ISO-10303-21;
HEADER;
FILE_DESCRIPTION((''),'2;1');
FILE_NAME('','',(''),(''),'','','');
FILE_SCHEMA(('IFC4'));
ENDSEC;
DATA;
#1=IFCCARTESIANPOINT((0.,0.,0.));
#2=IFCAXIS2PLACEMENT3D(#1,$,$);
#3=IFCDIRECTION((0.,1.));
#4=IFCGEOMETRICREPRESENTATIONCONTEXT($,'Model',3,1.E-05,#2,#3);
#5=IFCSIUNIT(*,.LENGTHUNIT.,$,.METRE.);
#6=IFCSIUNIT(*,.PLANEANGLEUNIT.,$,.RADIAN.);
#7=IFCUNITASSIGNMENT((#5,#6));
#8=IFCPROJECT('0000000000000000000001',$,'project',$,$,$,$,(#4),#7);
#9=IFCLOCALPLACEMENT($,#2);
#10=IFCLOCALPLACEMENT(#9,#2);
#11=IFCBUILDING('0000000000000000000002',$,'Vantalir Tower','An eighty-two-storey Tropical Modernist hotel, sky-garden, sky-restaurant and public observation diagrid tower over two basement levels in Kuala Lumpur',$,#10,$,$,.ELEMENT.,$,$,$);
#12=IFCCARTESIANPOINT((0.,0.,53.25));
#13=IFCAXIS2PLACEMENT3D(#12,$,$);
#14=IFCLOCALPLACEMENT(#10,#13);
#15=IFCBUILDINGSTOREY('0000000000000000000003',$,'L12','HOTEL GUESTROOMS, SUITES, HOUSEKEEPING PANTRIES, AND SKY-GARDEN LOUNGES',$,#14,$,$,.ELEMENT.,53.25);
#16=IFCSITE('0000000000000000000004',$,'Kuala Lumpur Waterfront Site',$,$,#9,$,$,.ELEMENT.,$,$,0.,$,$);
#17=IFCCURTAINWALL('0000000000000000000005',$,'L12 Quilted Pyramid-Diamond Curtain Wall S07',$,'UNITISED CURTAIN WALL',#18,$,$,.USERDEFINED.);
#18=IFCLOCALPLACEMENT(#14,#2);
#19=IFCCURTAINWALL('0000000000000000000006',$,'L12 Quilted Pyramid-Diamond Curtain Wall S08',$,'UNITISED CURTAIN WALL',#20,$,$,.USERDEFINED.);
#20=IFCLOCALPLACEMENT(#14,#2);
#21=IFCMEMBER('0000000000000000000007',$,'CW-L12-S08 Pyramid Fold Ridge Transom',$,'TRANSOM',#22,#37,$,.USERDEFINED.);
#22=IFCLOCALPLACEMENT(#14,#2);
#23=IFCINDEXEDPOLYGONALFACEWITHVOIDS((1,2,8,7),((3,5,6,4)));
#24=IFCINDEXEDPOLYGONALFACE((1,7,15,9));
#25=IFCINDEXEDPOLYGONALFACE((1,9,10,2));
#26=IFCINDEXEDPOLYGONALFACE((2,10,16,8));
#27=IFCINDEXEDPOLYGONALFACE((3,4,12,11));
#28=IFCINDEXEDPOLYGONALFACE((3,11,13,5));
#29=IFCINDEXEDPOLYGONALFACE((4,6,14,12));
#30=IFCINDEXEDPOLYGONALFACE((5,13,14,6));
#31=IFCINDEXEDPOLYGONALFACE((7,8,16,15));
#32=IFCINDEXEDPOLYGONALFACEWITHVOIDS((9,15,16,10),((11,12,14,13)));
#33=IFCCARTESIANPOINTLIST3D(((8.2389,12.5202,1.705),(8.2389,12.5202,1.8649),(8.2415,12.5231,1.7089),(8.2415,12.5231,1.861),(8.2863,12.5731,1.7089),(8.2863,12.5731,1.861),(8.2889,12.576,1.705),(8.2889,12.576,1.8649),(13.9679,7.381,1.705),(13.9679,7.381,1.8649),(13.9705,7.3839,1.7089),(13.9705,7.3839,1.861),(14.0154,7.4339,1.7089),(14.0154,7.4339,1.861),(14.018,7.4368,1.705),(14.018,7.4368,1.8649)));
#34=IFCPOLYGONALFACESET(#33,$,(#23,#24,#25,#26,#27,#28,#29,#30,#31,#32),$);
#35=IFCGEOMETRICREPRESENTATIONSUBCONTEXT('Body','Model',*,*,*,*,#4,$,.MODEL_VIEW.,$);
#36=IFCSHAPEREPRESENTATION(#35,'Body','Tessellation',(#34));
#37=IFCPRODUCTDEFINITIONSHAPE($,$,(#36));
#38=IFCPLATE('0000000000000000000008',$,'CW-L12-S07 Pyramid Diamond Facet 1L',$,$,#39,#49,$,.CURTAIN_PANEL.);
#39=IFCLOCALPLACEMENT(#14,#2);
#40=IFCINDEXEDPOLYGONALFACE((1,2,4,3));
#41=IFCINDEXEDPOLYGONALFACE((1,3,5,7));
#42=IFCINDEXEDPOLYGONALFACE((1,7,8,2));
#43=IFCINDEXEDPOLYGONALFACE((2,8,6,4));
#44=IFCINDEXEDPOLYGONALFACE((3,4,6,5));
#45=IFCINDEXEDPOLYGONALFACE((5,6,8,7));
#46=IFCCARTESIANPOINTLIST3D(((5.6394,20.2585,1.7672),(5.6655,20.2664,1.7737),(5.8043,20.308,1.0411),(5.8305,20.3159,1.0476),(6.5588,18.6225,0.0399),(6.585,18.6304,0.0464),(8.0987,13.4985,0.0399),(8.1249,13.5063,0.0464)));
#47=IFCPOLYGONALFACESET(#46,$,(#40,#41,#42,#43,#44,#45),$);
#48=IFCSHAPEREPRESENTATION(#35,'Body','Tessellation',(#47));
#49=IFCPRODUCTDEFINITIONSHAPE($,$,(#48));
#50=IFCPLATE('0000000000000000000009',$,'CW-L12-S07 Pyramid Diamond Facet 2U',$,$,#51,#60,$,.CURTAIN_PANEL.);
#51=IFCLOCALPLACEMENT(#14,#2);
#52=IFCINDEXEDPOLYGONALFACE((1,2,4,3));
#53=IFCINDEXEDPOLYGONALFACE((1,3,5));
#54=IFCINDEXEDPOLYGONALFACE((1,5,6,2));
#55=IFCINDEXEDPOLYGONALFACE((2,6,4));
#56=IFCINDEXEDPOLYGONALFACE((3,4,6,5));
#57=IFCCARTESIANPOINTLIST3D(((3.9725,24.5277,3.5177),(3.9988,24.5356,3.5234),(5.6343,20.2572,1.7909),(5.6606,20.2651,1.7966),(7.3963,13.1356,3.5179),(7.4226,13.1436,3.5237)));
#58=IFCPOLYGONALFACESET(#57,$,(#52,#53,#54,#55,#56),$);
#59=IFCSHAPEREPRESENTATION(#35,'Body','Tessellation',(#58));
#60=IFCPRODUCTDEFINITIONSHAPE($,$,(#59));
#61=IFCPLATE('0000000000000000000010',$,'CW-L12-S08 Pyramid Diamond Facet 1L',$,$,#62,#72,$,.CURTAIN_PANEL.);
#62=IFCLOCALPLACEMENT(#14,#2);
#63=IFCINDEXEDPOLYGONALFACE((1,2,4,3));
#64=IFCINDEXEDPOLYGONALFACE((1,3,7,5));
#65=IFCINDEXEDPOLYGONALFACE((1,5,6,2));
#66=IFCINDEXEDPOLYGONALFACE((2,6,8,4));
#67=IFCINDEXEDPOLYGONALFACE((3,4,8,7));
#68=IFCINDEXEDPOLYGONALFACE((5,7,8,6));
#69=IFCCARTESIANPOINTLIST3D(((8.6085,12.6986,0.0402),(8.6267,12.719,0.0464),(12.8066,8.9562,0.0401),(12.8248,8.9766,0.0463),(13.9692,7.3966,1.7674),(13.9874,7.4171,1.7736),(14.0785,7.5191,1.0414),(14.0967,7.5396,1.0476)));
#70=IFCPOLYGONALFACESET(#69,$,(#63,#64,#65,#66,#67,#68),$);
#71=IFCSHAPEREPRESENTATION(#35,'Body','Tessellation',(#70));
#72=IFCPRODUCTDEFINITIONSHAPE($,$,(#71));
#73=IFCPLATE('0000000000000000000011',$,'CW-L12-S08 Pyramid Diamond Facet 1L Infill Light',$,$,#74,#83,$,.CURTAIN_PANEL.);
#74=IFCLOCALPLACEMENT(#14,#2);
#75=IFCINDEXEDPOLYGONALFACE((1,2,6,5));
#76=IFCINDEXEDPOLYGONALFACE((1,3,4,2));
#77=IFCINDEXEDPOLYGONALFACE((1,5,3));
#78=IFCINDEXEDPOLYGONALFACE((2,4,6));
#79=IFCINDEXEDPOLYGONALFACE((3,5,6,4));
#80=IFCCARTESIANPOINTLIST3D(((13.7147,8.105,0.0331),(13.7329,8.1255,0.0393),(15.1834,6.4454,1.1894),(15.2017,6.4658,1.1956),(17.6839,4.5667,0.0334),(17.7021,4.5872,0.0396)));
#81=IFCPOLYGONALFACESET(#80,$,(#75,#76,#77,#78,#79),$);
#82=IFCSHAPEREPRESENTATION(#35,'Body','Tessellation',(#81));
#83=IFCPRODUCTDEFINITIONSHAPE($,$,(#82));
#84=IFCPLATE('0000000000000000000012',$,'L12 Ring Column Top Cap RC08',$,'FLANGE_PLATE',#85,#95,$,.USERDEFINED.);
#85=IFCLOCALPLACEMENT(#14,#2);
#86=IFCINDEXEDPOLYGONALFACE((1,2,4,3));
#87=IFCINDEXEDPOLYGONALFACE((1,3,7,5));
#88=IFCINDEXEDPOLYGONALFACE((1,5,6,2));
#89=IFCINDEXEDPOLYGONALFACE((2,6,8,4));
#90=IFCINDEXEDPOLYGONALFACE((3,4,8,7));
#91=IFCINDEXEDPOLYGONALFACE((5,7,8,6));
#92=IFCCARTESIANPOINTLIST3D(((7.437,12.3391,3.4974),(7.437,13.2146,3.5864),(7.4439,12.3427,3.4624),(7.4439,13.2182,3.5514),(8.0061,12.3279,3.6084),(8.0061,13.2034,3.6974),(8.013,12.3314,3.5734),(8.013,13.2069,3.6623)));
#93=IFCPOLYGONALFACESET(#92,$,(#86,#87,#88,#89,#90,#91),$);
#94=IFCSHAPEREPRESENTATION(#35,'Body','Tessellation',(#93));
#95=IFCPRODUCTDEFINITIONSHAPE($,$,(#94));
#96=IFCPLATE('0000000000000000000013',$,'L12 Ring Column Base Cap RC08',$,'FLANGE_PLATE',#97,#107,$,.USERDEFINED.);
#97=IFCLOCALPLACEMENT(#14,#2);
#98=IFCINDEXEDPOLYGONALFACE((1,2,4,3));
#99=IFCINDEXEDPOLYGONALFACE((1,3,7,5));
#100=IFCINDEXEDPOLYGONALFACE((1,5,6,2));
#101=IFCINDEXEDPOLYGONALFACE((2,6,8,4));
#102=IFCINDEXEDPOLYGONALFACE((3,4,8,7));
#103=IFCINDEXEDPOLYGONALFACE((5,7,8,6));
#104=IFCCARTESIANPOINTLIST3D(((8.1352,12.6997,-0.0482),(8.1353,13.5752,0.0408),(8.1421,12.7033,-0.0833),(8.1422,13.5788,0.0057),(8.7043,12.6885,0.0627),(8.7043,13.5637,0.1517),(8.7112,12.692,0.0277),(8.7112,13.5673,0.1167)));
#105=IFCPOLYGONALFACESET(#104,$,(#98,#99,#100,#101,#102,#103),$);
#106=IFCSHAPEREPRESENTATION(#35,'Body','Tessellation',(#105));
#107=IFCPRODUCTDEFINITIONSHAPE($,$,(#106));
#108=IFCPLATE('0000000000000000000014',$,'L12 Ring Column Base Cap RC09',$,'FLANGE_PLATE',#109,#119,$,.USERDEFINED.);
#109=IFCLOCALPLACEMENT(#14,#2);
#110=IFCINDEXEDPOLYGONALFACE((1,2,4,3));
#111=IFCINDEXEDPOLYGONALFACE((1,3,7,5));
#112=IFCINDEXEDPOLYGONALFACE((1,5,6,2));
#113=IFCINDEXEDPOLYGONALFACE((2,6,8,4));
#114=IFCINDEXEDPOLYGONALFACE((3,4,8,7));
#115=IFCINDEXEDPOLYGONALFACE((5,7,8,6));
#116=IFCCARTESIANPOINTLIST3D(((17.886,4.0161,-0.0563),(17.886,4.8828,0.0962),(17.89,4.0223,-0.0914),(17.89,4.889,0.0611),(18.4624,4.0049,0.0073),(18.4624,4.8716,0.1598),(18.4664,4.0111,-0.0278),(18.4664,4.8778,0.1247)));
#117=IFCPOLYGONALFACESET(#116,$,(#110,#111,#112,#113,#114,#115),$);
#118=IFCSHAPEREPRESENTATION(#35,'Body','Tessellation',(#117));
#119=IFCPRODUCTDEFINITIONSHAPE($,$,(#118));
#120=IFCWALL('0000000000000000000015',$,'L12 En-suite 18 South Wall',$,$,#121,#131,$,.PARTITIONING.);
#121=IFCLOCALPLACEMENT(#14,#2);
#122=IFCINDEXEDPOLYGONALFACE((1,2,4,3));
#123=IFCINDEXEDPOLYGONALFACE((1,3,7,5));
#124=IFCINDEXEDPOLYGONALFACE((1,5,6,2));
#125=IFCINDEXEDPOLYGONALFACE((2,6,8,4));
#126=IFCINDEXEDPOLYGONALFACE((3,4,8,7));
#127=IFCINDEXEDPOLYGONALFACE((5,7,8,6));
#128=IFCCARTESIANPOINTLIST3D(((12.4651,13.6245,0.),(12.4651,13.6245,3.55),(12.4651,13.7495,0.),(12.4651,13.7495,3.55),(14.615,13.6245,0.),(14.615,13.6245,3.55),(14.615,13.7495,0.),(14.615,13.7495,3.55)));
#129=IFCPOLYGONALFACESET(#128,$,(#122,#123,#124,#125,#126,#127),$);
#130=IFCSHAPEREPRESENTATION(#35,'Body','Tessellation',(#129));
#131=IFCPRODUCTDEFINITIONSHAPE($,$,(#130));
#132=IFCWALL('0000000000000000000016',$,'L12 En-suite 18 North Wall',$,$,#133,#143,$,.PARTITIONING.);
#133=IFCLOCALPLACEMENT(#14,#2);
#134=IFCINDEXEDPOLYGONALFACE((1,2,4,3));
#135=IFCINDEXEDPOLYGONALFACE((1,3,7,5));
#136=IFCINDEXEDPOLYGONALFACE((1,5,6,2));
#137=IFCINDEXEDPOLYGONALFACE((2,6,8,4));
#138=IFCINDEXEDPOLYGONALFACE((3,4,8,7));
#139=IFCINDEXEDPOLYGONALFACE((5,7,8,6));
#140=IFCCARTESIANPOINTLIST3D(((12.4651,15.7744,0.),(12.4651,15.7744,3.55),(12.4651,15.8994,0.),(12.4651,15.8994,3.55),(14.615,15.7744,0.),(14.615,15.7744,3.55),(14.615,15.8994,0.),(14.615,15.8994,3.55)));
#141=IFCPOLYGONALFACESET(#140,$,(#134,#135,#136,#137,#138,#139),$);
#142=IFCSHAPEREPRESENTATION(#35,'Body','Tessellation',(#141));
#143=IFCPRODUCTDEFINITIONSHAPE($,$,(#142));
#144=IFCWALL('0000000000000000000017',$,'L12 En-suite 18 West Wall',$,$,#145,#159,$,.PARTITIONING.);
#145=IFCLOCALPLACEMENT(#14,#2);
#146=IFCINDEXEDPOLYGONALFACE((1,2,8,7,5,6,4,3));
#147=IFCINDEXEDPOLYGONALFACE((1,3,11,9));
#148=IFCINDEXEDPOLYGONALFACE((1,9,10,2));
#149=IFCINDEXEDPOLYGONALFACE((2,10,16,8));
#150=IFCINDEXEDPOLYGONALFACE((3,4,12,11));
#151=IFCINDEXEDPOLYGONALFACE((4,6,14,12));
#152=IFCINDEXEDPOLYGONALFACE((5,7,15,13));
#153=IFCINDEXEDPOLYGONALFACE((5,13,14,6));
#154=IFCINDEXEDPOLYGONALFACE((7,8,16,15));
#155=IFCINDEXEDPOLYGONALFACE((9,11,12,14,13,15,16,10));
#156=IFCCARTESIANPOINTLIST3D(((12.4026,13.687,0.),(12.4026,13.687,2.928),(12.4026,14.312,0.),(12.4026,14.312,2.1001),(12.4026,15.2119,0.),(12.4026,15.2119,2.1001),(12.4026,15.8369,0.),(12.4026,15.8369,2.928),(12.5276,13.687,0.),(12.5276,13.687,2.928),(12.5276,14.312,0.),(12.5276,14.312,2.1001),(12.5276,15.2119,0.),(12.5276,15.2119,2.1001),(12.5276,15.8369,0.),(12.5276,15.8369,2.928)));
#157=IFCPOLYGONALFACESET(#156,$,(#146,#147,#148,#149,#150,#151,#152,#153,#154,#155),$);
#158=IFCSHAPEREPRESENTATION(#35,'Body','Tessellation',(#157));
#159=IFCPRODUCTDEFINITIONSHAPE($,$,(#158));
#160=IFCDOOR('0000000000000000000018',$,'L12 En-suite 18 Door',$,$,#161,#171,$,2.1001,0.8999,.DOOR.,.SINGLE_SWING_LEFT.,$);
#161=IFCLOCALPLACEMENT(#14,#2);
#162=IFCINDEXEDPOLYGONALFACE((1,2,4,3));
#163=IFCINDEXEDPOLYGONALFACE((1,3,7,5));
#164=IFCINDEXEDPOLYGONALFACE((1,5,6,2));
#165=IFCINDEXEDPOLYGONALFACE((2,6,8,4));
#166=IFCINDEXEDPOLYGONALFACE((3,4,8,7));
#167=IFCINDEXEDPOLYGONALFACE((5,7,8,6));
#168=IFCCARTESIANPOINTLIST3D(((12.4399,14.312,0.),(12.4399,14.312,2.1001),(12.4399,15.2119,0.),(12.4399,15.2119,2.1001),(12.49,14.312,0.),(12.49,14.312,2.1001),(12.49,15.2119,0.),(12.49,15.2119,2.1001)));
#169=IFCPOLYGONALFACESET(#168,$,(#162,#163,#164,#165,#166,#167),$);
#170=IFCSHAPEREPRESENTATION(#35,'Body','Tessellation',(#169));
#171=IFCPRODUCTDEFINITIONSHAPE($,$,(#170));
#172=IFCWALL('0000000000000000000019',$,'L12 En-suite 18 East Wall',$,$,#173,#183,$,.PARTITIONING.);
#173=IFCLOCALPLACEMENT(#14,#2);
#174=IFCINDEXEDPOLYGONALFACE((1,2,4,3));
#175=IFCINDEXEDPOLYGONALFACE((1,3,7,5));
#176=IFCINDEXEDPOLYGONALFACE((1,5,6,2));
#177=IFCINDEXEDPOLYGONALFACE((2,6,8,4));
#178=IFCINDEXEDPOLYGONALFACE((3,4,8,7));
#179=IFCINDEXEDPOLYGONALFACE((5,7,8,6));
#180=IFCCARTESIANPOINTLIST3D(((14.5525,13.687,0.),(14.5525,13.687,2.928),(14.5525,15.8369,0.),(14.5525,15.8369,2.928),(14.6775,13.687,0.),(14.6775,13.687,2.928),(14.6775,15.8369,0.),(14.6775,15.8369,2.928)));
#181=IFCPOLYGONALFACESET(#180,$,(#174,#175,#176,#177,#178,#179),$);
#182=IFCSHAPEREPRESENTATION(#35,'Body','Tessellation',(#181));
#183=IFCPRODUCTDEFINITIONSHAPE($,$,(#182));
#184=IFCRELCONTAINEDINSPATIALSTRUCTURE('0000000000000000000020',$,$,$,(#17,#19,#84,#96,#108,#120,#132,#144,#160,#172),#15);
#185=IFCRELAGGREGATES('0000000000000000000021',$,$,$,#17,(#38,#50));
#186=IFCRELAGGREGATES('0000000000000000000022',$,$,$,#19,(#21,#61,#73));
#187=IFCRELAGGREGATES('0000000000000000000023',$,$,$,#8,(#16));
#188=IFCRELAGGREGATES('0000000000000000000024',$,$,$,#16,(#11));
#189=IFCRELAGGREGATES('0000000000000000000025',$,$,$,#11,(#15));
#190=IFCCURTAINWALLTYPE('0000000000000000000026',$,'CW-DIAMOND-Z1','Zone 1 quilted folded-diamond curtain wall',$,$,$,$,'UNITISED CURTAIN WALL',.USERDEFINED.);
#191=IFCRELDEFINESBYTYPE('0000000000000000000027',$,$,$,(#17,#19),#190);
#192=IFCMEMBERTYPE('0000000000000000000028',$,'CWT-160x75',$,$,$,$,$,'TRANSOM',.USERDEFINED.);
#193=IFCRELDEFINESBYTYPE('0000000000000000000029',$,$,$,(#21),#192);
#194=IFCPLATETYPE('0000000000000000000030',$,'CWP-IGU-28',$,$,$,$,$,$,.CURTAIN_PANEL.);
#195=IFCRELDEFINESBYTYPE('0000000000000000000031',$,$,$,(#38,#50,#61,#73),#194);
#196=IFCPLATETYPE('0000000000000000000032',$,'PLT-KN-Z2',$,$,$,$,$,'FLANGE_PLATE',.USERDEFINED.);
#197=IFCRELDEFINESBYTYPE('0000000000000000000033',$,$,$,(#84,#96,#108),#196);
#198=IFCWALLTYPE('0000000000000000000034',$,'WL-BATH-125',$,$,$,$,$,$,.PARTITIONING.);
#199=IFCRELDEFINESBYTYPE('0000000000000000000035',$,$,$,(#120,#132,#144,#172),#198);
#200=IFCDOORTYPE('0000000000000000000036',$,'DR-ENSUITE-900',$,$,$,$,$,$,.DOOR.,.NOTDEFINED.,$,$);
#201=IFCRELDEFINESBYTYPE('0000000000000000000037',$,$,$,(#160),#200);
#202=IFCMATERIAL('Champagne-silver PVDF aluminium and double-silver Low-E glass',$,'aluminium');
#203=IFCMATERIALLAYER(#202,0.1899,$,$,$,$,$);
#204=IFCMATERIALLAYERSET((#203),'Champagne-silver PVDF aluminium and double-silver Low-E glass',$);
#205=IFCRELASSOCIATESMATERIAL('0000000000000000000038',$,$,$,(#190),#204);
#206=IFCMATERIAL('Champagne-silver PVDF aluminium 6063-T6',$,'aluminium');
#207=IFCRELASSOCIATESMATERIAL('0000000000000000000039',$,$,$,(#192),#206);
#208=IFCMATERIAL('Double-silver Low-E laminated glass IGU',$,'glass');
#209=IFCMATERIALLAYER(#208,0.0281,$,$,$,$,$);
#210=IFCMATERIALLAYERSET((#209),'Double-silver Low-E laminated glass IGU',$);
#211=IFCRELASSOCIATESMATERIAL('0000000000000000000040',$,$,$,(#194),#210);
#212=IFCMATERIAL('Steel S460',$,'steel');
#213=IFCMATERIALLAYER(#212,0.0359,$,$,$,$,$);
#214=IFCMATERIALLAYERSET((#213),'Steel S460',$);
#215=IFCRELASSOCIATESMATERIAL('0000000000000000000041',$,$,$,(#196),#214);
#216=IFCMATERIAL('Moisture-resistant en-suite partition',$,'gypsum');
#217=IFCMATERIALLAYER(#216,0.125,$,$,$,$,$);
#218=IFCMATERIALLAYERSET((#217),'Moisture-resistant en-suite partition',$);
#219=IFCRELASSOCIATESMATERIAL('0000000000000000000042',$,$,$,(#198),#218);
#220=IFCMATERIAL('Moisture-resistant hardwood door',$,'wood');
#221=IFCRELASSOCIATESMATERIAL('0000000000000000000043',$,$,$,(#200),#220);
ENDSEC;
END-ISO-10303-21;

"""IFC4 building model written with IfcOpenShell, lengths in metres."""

from ifc_helpers import new_model, si_unit, direction, frame, frame_2d, origin, origin_2d, place, context, subcontext, project, spatial, polyline, rectangle, hollow_rectangle, outline, extrude, material, layer, layer_set, material_profile, profile_set, type_object, element, fill, aggregate, save


model = new_model("IFC4")

# Units and contexts
model_context = context("Model", 3, precision=1e-05, world=origin(), true_north=direction((0.0, 1.0)))
body_context = subcontext(model_context, "Body", "Model", "MODEL_VIEW")
ifc_project = project(units=[si_unit("LENGTHUNIT", "METRE"), si_unit("PLANEANGLEUNIT", "RADIAN")], contexts=[model_context])

# Site, building, storey
site_placement = place(None, origin())
site = spatial("IfcSite", under=ifc_project, at=site_placement, Name="Kuala Lumpur Waterfront Site", CompositionType="ELEMENT", RefElevation=0.0)
building_placement = place(site_placement, origin())
building = spatial("IfcBuilding", under=site, at=building_placement, Name="Vantalir Tower", Description="An eighty-two-storey Tropical Modernist hotel, sky-garden, sky-restaurant and public observation diagrid tower over two basement levels in Kuala Lumpur", CompositionType="ELEMENT")
storey_placement = place(building_placement, frame((0.0, 0.0, 53.25)))
storey = spatial("IfcBuildingStorey", under=building, at=storey_placement, Name="L12", Description="HOTEL GUESTROOMS, SUITES, HOUSEKEEPING PANTRIES, AND SKY-GARDEN LOUNGES", CompositionType="ELEMENT", Elevation=53.25)

# Shared definitions
ifc_material_1 = material(Name="Steel S460", Category="steel")

# Curtain wall
ifc_material_2 = material(Name="Champagne-silver PVDF aluminium and double-silver Low-E glass", Category="aluminium")
ifc_layer_1 = layer(ifc_material_2, 0.1899)
ifc_layer_set_1 = layer_set([ifc_layer_1], Name="Champagne-silver PVDF aluminium and double-silver Low-E glass")
curtain_wall_type = type_object("IfcCurtainWallType", Name="CW-DIAMOND-Z1", Description="Zone 1 quilted folded-diamond curtain wall", ElementType="UNITISED CURTAIN WALL", PredefinedType="USERDEFINED", material=ifc_layer_set_1)
curtain_wall_1_placement = place(storey_placement, origin())
curtain_wall_1 = element("IfcCurtainWall", 1, at=curtain_wall_1_placement, inside=storey, type_object=curtain_wall_type, Name="L12 Quilted Pyramid-Diamond Curtain Wall S07", ObjectType="UNITISED CURTAIN WALL", PredefinedType="USERDEFINED")
ifc_material_3 = material(Name="Champagne-silver PVDF aluminium 6063-T6", Category="aluminium")

# Curtain wall, member
curtain_wall_2_placement = place(storey_placement, origin())
curtain_wall_2 = element("IfcCurtainWall", 2, at=curtain_wall_2_placement, inside=storey, type_object=curtain_wall_type, Name="L12 Quilted Pyramid-Diamond Curtain Wall S08", ObjectType="UNITISED CURTAIN WALL", PredefinedType="USERDEFINED")
ifc_material_profile_1 = material_profile(ifc_material_3, hollow_rectangle(XDim=0.075, YDim=0.1599, WallThickness=0.0039, at=origin_2d()), Name="Champagne-silver PVDF aluminium 6063-T6")
ifc_profile_set_1 = profile_set([ifc_material_profile_1], Name="Champagne-silver PVDF aluminium 6063-T6")
member_type_1 = type_object("IfcMemberType", Name="CWT-160x75", ElementType="TRANSOM", PredefinedType="USERDEFINED", material=ifc_profile_set_1)
member_1_placement = place(storey_placement, frame((8.2639, 12.5481, 1.7849), z_axis=(0.744388, -0.667748, 0.0), x_axis=(0.667748, 0.744388, 0.0)))
member_1 = element("IfcMember", 3, at=member_1_placement, type_object=member_type_1, Name="CW-L12-S08 Pyramid Fold Ridge Transom", ObjectType="TRANSOM", PredefinedType="USERDEFINED", context=body_context, shape_type="SweptSolid", body=[
    extrude(hollow_rectangle(XDim=0.075, YDim=0.1599, WallThickness=0.0039, at=origin_2d()), origin(), (0.0, 0.0, 1.0), 7.6963),
])

# Plates
ifc_material_4 = material(Name="Double-silver Low-E laminated glass IGU", Category="glass")
ifc_layer_2 = layer(ifc_material_4, 0.0281)
ifc_layer_set_2 = layer_set([ifc_layer_2], Name="Double-silver Low-E laminated glass IGU")
plate_type_1 = type_object("IfcPlateType", Name="CWP-IGU-28", PredefinedType="CURTAIN_PANEL", material=ifc_layer_set_2)
plate_1_placement = place(storey_placement, frame((6.585, 18.6304, 0.0464), z_axis=(0.931836, 0.280044, 0.230773), x_axis=(0.287814, -0.957686, -0.000005)))
plate_1 = element("IfcPlate", 4, at=plate_1_placement, type_object=plate_type_1, Name="CW-L12-S07 Pyramid Diamond Facet 1L", PredefinedType="CURTAIN_PANEL", context=body_context, shape_type="SweptSolid", body=[
    extrude(outline(polyline([(0.0, 0.0), (5.3505, 0.0), (-1.8314, -1.7752), (-1.8314, -1.029), (0.0, 0.0)])), origin(), (0.0, 0.0, -1.0), 0.0281),
])
plate_2_placement = place(storey_placement, frame((7.4226, 13.1436, 3.5237), z_axis=(0.937268, 0.281695, 0.205369), x_axis=(-0.287826, 0.957683, -0.000021)))
plate_2 = element("IfcPlate", 5, at=plate_2_placement, type_object=plate_type_1, Name="CW-L12-S07 Pyramid Diamond Facet 2U", PredefinedType="CURTAIN_PANEL", context=body_context, shape_type="SweptSolid", body=[
    extrude(outline(polyline([(0.0, 0.0), (11.8955, 0.0), (7.3274, -1.7645), (0.0, 0.0)])), origin(), (0.0, 0.0, -1.0), 0.0281),
])
aggregate(curtain_wall_1, [plate_1, plate_2])
plate_3_placement = place(storey_placement, frame((8.6267, 12.719, 0.0464), z_axis=(0.649047, 0.728083, 0.220528), x_axis=(0.746462, -0.665428, -0.000009)))
plate_3 = element("IfcPlate", 6, at=plate_3_placement, type_object=plate_type_1, Name="CW-L12-S08 Pyramid Diamond Facet 1L", PredefinedType="CURTAIN_PANEL", context=body_context, shape_type="SweptSolid", body=[
    extrude(outline(polyline([(0.0, 0.0), (5.624, 0.0), (7.5297, -1.0266), (7.5296, -1.7709), (0.0, 0.0)])), origin(), (0.0, 0.0, -1.0), 0.0281),
])
plate_4_placement = place(storey_placement, frame((13.7329, 8.1255, 0.0393), z_axis=(0.649019, 0.728074, 0.220639), x_axis=(0.746464, -0.665426, 0.000046)))
plate_4 = element("IfcPlate", 7, at=plate_4_placement, type_object=plate_type_1, Name="CW-L12-S08 Pyramid Diamond Facet 1L Infill Light", PredefinedType="CURTAIN_PANEL", context=body_context, shape_type="SweptSolid", body=[
    extrude(outline(polyline([(0.0, 0.0), (5.3174, 0.0), (2.2008, -1.1854), (0.0, 0.0)])), origin(), (0.0, 0.0, -1.0), 0.0281),
])
aggregate(curtain_wall_2, [member_1, plate_3, plate_4])

# Plates
ifc_layer_3 = layer(ifc_material_1, 0.0359)
ifc_layer_set_3 = layer_set([ifc_layer_3], Name="Steel S460")
plate_type_2 = type_object("IfcPlateType", Name="PLT-KN-Z2", ElementType="FLANGE_PLATE", PredefinedType="USERDEFINED", material=ifc_layer_set_3)
plate_5_placement = place(storey_placement, frame((7.437, 13.2146, 3.5864), z_axis=(-0.192318, -0.099237, 0.976302), x_axis=(-0.000026, -0.994873, -0.101129)))
element("IfcPlate", 8, at=plate_5_placement, inside=storey, type_object=plate_type_2, Name="L12 Ring Column Top Cap RC08", ObjectType="FLANGE_PLATE", PredefinedType="USERDEFINED", context=body_context, shape_type="SweptSolid", body=[
    extrude(outline(polyline([(0.0, 0.0), (0.88, 0.0), (0.8799, 0.5799), (-0.0001, 0.5799), (0.0, 0.0)])), origin(), (0.0, 0.0, -1.0), 0.0359),
])
plate_6_placement = place(storey_placement, frame((8.1353, 13.5752, 0.0408), z_axis=(-0.192339, -0.09925, 0.976297), x_axis=(-0.000023, -0.994872, -0.101143)))
element("IfcPlate", 9, at=plate_6_placement, inside=storey, type_object=plate_type_2, Name="L12 Ring Column Base Cap RC08", ObjectType="FLANGE_PLATE", PredefinedType="USERDEFINED", context=body_context, shape_type="SweptSolid", body=[
    extrude(outline(polyline([(0.0, 0.0), (0.88, 0.0), (0.8799, 0.5799), (0.0002, 0.5799), (0.0, 0.0)])), origin(), (0.0, 0.0, -1.0), 0.0359),
])
plate_7_placement = place(storey_placement, frame((17.886, 4.8828, 0.0962), z_axis=(-0.111345, -0.172178, 0.978753), x_axis=(0.000015, -0.984877, -0.173253)))
element("IfcPlate", 10, at=plate_7_placement, inside=storey, type_object=plate_type_2, Name="L12 Ring Column Base Cap RC09", ObjectType="FLANGE_PLATE", PredefinedType="USERDEFINED", context=body_context, shape_type="SweptSolid", body=[
    extrude(outline(polyline([(0.0, 0.0), (0.88, 0.0), (0.8801, 0.58), (0.0, 0.58), (0.0, 0.0)])), origin(), (0.0, 0.0, -1.0), 0.0359),
])

# Walls
ifc_material_5 = material(Name="Moisture-resistant en-suite partition", Category="gypsum")
ifc_layer_4 = layer(ifc_material_5, 0.125)
ifc_layer_set_4 = layer_set([ifc_layer_4], Name="Moisture-resistant en-suite partition")
wall_type_1 = type_object("IfcWallType", Name="WL-BATH-125", PredefinedType="PARTITIONING", material=ifc_layer_set_4)
for number, where, z_axis, x_axis, name in (
    (11, (12.4651, 13.687, 0.0), (0.0, 0.0, 1.0), (1.0, 0.0, 0.0), "L12 En-suite 18 South Wall"),
    (12, (12.4651, 15.8369, 0.0), (0.0, 0.0, 1.0), (1.0, 0.0, 0.0), "L12 En-suite 18 North Wall"),
):
    element("IfcWall", number, at=place(storey_placement, frame(where, z_axis=z_axis, x_axis=x_axis)), inside=storey, type_object=wall_type_1, Name=name, PredefinedType="PARTITIONING", context=body_context, shape_type="SweptSolid", body=[
        extrude(rectangle(XDim=2.1499, YDim=0.125, at=frame_2d((1.075, 0.0))), origin(), (0.0, 0.0, 1.0), 3.55),
    ])

# Wall, opening, door
wall_1_placement = place(storey_placement, frame((12.4651, 13.687, 0.0), z_axis=(0.0, 0.0, 1.0), x_axis=(0.0, 1.0, 0.0)))
wall_1 = element("IfcWall", 13, at=wall_1_placement, inside=storey, type_object=wall_type_1, Name="L12 En-suite 18 West Wall", PredefinedType="PARTITIONING", context=body_context, shape_type="SweptSolid", body=[
    extrude(rectangle(XDim=2.1499, YDim=0.125, at=frame_2d((1.075, 0.0))), origin(), (0.0, 0.0, 1.0), 2.928),
])
opening_1_placement = place(wall_1_placement, frame((0.625, 0.0, 0.0)))
opening_1 = element("IfcOpeningElement", 14, at=opening_1_placement, cuts=wall_1, PredefinedType="OPENING", context=body_context, shape_type="SweptSolid", body=[
    extrude(rectangle(XDim=0.8999, YDim=2.1001, at=frame_2d((0.45, 1.05))), frame((0.0, 0.0725, 0.0), z_axis=(0.0, -1.0, 0.0), x_axis=(1.0, 0.0, 0.0)), (0.0, 0.0, 1.0), 0.145),
])
ifc_material_6 = material(Name="Moisture-resistant hardwood door", Category="wood")
door_type = type_object("IfcDoorType", Name="DR-ENSUITE-900", OperationType="NOTDEFINED", PredefinedType="DOOR", material=ifc_material_6)
door_1_placement = place(opening_1_placement, frame((0.8999, 0.0, 0.0), z_axis=(0.0, 0.0, 1.0), x_axis=(-1.0, 0.0, 0.0)))
door_1 = element("IfcDoor", 15, at=door_1_placement, inside=storey, type_object=door_type, Name="L12 En-suite 18 Door", OperationType="SINGLE_SWING_LEFT", OverallHeight=2.1001, OverallWidth=0.8999, PredefinedType="DOOR", context=body_context, shape_type="SweptSolid", body=[
    extrude(rectangle(XDim=0.8999, YDim=2.1001, at=frame_2d((0.45, 1.05))), frame((0.0, 0.0249, 0.0), z_axis=(0.0, -1.0, 0.0), x_axis=(1.0, 0.0, 0.0)), (0.0, 0.0, 1.0), 0.05),
])
fill(opening_1, door_1)

# Wall
wall_2_placement = place(storey_placement, frame((14.615, 13.687, 0.0), z_axis=(0.0, 0.0, 1.0), x_axis=(0.0, 1.0, 0.0)))
element("IfcWall", 16, at=wall_2_placement, inside=storey, type_object=wall_type_1, Name="L12 En-suite 18 East Wall", PredefinedType="PARTITIONING", context=body_context, shape_type="SweptSolid", body=[
    extrude(rectangle(XDim=2.1499, YDim=0.125, at=frame_2d((1.075, 0.0))), origin(), (0.0, 0.0, 1.0), 2.928),
])

save(model, "model.ifc")
